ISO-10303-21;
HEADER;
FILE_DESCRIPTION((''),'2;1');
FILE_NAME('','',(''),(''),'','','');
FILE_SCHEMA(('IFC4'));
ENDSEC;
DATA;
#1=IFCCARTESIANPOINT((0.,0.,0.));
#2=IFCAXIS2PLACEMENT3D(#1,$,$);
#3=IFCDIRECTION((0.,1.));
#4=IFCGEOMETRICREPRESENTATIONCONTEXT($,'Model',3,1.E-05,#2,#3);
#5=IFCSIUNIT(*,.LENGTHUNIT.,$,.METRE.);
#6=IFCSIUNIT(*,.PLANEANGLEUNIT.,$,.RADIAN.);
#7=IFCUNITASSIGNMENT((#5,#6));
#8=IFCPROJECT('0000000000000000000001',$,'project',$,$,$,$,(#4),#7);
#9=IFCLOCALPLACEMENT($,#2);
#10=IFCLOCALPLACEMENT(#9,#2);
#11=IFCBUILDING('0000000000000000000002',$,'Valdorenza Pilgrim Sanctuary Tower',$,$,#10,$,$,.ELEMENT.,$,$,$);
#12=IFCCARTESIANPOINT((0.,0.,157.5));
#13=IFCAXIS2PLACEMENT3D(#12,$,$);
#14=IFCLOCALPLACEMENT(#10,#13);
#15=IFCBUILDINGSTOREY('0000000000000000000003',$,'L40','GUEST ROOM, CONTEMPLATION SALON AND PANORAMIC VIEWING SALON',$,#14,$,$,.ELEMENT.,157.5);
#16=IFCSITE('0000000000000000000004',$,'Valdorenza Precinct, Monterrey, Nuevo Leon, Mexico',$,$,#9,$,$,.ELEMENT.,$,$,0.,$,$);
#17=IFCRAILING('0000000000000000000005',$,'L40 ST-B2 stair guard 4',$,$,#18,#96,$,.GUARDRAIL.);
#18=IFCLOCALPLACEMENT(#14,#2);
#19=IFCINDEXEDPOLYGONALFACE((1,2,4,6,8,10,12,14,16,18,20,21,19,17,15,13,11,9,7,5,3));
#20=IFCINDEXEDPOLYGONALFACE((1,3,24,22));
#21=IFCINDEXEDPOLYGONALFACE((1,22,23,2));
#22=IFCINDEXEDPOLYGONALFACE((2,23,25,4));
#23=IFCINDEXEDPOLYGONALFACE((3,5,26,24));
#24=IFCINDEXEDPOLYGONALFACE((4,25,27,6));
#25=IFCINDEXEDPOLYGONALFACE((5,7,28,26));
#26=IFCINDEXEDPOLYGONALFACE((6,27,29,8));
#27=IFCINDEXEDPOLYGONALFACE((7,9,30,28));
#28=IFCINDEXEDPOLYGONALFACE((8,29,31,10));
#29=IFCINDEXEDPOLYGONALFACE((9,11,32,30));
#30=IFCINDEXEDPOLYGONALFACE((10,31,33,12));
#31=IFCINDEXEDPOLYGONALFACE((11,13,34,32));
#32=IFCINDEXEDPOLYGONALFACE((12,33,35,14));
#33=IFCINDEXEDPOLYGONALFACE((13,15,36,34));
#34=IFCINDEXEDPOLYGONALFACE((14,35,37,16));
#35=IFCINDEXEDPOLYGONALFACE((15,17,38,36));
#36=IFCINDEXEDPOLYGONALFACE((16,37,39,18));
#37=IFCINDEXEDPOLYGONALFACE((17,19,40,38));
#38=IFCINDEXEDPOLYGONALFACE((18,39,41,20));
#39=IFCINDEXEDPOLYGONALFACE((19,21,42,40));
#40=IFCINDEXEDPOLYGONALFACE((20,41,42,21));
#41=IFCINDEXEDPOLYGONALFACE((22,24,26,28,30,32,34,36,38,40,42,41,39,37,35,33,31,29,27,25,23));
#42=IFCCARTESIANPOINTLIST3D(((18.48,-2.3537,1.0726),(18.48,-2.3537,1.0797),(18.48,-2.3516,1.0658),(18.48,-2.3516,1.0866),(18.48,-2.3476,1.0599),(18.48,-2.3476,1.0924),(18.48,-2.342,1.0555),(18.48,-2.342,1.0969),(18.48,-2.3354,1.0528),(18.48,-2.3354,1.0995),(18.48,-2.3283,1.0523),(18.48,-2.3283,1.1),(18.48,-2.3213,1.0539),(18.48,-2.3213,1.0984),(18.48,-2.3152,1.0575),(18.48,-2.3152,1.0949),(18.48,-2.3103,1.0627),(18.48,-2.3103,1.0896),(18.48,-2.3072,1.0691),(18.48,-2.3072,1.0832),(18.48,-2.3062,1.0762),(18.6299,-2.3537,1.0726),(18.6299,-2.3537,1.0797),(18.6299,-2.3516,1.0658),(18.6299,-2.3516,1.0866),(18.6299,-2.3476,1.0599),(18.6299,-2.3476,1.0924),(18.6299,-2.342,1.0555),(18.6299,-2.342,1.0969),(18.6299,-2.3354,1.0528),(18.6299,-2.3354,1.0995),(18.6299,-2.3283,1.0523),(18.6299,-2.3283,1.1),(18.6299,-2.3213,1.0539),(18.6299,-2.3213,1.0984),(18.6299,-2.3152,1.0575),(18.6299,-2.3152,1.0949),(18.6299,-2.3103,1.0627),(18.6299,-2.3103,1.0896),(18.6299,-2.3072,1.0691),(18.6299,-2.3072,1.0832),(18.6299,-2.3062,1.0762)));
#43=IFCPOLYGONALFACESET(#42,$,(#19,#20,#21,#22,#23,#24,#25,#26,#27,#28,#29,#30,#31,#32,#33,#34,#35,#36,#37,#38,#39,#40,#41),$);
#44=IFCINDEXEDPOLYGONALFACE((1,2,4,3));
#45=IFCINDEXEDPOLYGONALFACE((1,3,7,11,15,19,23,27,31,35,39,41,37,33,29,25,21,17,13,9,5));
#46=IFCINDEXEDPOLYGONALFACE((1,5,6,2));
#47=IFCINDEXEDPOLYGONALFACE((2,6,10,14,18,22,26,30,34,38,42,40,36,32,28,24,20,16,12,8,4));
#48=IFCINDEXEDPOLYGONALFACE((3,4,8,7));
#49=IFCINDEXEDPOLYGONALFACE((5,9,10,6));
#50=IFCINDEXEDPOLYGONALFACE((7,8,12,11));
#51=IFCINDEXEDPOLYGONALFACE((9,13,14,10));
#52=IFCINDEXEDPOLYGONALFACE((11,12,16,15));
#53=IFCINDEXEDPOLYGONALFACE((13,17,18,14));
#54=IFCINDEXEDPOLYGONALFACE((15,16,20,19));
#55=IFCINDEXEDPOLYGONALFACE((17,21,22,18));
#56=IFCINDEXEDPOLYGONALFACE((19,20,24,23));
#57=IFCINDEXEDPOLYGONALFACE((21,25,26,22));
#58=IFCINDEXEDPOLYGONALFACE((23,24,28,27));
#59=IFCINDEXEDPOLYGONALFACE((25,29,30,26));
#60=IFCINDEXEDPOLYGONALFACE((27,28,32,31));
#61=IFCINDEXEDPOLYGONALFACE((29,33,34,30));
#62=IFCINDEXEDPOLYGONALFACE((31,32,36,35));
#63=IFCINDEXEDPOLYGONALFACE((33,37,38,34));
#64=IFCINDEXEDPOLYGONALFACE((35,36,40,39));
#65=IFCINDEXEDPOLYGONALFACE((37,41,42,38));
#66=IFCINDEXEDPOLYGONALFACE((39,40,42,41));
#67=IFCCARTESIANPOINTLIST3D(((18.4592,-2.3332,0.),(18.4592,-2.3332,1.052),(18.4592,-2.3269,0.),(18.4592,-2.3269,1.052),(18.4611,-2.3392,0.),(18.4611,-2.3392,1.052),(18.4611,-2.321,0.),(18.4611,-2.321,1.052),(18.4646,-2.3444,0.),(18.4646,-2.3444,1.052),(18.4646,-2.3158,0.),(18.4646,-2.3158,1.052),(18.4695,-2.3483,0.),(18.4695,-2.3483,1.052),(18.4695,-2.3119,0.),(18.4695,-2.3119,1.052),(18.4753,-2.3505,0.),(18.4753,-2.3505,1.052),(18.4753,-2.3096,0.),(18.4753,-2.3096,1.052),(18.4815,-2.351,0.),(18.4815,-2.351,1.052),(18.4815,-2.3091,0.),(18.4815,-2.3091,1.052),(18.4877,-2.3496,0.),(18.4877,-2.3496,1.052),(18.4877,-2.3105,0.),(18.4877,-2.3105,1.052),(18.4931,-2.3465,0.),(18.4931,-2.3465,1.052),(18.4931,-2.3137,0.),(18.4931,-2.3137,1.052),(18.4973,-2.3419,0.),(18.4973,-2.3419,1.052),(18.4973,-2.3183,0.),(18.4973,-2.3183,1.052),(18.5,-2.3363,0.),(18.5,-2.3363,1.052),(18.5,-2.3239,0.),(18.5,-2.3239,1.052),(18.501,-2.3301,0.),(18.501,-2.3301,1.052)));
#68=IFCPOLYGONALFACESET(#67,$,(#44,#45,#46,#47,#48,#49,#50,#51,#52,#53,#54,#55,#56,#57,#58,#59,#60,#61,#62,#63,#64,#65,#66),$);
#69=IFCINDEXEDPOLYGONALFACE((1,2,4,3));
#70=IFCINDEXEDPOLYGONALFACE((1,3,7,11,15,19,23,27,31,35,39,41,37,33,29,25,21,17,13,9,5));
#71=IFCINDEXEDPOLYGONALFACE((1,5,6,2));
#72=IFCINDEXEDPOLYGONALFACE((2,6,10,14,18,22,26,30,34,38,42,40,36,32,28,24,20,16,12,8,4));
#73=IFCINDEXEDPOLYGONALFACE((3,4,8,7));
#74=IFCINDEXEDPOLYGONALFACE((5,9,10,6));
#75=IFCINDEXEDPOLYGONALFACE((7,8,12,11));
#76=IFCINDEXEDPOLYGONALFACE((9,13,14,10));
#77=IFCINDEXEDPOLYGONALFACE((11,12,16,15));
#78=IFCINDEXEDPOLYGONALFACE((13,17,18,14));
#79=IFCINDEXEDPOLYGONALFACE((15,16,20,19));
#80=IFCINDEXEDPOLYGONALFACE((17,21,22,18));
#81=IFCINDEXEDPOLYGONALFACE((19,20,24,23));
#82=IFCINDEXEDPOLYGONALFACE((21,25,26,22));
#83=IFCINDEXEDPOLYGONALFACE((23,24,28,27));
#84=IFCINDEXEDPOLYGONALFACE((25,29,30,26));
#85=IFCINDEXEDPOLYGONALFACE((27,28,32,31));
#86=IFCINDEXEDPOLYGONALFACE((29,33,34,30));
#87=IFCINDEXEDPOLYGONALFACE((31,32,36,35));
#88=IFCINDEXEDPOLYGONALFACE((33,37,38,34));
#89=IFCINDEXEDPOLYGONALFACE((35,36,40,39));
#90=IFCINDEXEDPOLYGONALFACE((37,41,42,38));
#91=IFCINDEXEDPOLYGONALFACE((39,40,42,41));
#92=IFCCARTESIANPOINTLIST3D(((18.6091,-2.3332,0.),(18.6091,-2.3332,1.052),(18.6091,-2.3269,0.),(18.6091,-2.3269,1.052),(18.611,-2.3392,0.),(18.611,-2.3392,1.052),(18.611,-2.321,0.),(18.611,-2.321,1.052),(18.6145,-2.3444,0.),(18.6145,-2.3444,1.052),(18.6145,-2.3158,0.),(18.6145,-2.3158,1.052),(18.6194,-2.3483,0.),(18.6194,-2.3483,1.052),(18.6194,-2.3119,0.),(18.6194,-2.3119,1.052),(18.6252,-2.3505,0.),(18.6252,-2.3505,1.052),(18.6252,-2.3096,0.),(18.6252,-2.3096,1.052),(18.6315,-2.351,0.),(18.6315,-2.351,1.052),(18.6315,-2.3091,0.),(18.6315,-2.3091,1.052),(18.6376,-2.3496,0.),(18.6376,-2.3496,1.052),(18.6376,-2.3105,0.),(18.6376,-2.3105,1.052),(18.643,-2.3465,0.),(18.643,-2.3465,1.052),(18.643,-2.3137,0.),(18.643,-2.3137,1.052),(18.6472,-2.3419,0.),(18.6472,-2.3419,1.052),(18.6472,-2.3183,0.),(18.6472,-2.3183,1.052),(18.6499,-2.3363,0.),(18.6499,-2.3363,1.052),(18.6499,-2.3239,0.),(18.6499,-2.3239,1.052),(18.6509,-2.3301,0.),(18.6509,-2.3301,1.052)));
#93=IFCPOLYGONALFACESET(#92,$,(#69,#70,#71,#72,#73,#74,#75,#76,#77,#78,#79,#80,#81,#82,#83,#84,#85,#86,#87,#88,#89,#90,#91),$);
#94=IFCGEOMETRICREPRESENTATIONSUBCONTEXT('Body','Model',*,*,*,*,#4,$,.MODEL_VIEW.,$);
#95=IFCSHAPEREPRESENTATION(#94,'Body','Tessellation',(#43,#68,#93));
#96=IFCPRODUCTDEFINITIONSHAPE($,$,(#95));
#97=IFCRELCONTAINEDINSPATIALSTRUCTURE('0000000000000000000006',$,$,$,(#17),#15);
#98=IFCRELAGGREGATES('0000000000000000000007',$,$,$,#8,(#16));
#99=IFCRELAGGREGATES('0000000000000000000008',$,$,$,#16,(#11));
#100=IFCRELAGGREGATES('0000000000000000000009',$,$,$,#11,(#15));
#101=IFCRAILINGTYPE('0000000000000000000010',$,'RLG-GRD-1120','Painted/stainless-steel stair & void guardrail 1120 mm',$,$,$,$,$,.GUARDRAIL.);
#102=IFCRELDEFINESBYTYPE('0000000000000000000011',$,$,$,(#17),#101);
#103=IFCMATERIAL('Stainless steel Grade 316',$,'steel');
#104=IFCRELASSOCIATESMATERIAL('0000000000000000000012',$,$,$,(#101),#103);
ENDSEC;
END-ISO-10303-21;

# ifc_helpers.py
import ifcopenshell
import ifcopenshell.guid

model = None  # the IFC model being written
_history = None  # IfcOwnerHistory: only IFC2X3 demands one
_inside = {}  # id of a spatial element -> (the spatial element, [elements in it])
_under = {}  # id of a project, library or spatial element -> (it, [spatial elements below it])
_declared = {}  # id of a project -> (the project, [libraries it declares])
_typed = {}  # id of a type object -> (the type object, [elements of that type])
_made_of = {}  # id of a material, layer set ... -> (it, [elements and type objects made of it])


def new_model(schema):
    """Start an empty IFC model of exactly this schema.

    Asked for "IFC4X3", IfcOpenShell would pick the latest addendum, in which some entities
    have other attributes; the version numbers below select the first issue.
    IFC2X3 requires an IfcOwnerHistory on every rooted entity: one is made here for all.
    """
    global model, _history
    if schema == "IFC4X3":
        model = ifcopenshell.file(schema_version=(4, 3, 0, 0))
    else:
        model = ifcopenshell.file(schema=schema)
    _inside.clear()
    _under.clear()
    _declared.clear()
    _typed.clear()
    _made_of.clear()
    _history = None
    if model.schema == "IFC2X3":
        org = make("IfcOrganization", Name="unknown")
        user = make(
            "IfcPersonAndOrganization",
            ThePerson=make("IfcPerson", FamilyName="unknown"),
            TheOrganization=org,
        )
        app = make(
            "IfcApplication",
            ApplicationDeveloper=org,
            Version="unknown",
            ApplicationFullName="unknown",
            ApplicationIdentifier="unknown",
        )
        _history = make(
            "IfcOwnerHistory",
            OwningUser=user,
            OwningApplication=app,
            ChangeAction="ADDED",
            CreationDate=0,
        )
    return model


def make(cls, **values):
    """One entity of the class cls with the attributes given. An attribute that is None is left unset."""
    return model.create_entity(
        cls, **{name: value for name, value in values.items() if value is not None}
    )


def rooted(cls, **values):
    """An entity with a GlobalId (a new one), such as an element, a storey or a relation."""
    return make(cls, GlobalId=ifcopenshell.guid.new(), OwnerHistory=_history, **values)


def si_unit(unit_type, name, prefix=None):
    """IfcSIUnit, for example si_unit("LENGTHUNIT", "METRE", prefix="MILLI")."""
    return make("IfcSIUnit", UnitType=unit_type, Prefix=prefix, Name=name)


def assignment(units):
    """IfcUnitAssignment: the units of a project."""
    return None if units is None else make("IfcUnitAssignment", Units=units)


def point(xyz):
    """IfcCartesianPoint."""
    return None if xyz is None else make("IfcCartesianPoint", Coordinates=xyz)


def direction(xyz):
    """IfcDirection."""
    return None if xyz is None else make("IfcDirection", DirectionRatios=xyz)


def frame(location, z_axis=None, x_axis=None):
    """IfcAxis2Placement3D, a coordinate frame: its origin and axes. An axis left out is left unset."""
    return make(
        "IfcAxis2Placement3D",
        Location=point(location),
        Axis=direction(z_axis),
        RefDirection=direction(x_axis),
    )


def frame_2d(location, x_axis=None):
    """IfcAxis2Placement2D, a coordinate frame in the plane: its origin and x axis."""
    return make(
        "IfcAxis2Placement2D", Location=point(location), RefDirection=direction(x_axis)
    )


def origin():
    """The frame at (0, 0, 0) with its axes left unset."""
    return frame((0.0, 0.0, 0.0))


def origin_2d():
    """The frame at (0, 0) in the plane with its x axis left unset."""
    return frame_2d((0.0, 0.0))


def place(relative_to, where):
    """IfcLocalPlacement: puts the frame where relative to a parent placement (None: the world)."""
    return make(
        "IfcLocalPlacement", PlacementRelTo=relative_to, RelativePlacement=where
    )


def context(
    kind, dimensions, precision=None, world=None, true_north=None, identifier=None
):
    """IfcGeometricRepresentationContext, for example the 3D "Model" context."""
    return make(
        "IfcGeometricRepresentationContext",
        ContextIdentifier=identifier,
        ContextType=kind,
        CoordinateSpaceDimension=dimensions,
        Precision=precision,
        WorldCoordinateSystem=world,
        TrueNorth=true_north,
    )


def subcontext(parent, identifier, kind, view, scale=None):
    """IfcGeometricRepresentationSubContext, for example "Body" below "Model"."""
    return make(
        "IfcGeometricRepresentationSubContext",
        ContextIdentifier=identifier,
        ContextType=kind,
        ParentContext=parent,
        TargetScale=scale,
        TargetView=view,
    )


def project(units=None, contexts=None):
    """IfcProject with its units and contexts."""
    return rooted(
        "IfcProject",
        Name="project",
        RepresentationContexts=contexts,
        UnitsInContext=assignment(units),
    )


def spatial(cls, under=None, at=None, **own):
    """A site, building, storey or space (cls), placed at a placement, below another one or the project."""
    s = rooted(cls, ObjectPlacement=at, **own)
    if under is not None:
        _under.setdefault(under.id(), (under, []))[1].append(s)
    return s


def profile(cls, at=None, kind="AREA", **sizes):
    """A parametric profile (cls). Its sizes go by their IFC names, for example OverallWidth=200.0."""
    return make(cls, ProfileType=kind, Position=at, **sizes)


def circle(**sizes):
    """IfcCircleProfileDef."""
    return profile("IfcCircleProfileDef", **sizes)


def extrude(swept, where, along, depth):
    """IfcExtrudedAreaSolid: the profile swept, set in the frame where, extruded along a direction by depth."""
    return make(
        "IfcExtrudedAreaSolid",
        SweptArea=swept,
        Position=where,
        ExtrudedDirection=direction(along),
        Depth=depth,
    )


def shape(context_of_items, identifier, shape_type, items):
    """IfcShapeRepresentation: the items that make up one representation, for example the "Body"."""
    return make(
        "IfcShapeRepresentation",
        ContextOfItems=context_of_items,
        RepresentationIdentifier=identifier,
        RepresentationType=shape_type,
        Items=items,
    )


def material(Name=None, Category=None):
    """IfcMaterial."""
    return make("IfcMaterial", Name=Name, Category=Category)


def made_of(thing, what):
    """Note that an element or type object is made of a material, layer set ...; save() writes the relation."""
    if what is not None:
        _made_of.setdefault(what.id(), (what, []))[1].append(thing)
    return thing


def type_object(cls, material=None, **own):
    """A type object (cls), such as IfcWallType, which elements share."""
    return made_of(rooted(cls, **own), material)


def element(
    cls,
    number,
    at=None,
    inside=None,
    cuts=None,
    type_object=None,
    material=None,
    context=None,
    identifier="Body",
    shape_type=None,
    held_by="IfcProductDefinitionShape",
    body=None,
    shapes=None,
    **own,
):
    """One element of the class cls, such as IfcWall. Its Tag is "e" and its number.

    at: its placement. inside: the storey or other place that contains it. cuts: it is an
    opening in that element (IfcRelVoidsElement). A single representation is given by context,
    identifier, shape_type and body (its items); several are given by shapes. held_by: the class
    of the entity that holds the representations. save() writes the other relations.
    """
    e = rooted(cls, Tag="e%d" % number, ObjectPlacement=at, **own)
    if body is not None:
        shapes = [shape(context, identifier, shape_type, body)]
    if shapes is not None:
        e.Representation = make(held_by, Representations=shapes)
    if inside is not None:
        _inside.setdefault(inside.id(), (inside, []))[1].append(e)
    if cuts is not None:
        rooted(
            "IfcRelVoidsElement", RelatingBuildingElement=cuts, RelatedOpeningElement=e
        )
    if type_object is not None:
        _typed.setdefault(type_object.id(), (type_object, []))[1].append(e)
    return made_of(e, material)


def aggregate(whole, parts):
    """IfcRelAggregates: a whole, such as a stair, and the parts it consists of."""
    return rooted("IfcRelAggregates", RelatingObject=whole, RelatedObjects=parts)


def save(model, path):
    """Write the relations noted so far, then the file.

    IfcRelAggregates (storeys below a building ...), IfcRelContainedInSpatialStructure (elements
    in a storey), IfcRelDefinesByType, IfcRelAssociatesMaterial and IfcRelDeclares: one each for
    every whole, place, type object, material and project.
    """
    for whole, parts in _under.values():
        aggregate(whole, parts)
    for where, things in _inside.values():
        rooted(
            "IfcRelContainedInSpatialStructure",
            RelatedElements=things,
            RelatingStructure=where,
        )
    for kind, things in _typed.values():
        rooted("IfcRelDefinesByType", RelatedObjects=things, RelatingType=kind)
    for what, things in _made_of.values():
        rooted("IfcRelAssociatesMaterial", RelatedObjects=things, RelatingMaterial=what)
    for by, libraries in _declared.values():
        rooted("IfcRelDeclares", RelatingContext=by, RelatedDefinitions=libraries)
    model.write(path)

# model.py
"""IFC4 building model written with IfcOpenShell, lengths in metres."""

from ifc_helpers import new_model, si_unit, direction, frame, origin, origin_2d, place, context, subcontext, project, spatial, circle, extrude, material, type_object, element, save


model = new_model("IFC4")

# Units and contexts
model_context = context("Model", 3, precision=1e-05, world=origin(), true_north=direction((0.0, 1.0)))
body_context = subcontext(model_context, "Body", "Model", "MODEL_VIEW")
ifc_project = project(units=[si_unit("LENGTHUNIT", "METRE"), si_unit("PLANEANGLEUNIT", "RADIAN")], contexts=[model_context])

# Site, building, storey
site_placement = place(None, origin())
site = spatial("IfcSite", under=ifc_project, at=site_placement, Name="Valdorenza Precinct, Monterrey, Nuevo Leon, Mexico", CompositionType="ELEMENT", RefElevation=0.0)
building_placement = place(site_placement, origin())
building = spatial("IfcBuilding", under=site, at=building_placement, Name="Valdorenza Pilgrim Sanctuary Tower", CompositionType="ELEMENT")
storey_placement = place(building_placement, frame((0.0, 0.0, 157.5)))
storey = spatial("IfcBuildingStorey", under=building, at=storey_placement, Name="L40", Description="GUEST ROOM, CONTEMPLATION SALON AND PANORAMIC VIEWING SALON", CompositionType="ELEMENT", Elevation=157.5)

# Railing
ifc_material_1 = material(Name="Stainless steel Grade 316", Category="steel")
railing_type_1 = type_object("IfcRailingType", Name="RLG-GRD-1120", Description="Painted/stainless-steel stair & void guardrail 1120 mm", PredefinedType="GUARDRAIL", material=ifc_material_1)
railing_1_placement = place(storey_placement, frame((18.48, -2.3301, 0.0)))
element("IfcRailing", 1, at=railing_1_placement, inside=storey, type_object=railing_type_1, Name="L40 ST-B2 stair guard 4", PredefinedType="GUARDRAIL", context=body_context, shape_type="SweptSolid", body=[
    extrude(circle(Radius=0.0239, at=origin_2d()), frame((0.0, 0.0, 1.0762), z_axis=(1.0, 0.0, 0.0), x_axis=(0.0, 1.0, 0.0)), (0.0, 0.0, 1.0), 0.1499),
    extrude(circle(Radius=0.021, at=origin_2d()), origin(), (0.0, 0.0, 1.0), 1.052),
    extrude(circle(Radius=0.021, at=origin_2d()), frame((0.1499, 0.0, 0.0)), (0.0, 0.0, 1.0), 1.052),
])

save(model, "model.ifc")
